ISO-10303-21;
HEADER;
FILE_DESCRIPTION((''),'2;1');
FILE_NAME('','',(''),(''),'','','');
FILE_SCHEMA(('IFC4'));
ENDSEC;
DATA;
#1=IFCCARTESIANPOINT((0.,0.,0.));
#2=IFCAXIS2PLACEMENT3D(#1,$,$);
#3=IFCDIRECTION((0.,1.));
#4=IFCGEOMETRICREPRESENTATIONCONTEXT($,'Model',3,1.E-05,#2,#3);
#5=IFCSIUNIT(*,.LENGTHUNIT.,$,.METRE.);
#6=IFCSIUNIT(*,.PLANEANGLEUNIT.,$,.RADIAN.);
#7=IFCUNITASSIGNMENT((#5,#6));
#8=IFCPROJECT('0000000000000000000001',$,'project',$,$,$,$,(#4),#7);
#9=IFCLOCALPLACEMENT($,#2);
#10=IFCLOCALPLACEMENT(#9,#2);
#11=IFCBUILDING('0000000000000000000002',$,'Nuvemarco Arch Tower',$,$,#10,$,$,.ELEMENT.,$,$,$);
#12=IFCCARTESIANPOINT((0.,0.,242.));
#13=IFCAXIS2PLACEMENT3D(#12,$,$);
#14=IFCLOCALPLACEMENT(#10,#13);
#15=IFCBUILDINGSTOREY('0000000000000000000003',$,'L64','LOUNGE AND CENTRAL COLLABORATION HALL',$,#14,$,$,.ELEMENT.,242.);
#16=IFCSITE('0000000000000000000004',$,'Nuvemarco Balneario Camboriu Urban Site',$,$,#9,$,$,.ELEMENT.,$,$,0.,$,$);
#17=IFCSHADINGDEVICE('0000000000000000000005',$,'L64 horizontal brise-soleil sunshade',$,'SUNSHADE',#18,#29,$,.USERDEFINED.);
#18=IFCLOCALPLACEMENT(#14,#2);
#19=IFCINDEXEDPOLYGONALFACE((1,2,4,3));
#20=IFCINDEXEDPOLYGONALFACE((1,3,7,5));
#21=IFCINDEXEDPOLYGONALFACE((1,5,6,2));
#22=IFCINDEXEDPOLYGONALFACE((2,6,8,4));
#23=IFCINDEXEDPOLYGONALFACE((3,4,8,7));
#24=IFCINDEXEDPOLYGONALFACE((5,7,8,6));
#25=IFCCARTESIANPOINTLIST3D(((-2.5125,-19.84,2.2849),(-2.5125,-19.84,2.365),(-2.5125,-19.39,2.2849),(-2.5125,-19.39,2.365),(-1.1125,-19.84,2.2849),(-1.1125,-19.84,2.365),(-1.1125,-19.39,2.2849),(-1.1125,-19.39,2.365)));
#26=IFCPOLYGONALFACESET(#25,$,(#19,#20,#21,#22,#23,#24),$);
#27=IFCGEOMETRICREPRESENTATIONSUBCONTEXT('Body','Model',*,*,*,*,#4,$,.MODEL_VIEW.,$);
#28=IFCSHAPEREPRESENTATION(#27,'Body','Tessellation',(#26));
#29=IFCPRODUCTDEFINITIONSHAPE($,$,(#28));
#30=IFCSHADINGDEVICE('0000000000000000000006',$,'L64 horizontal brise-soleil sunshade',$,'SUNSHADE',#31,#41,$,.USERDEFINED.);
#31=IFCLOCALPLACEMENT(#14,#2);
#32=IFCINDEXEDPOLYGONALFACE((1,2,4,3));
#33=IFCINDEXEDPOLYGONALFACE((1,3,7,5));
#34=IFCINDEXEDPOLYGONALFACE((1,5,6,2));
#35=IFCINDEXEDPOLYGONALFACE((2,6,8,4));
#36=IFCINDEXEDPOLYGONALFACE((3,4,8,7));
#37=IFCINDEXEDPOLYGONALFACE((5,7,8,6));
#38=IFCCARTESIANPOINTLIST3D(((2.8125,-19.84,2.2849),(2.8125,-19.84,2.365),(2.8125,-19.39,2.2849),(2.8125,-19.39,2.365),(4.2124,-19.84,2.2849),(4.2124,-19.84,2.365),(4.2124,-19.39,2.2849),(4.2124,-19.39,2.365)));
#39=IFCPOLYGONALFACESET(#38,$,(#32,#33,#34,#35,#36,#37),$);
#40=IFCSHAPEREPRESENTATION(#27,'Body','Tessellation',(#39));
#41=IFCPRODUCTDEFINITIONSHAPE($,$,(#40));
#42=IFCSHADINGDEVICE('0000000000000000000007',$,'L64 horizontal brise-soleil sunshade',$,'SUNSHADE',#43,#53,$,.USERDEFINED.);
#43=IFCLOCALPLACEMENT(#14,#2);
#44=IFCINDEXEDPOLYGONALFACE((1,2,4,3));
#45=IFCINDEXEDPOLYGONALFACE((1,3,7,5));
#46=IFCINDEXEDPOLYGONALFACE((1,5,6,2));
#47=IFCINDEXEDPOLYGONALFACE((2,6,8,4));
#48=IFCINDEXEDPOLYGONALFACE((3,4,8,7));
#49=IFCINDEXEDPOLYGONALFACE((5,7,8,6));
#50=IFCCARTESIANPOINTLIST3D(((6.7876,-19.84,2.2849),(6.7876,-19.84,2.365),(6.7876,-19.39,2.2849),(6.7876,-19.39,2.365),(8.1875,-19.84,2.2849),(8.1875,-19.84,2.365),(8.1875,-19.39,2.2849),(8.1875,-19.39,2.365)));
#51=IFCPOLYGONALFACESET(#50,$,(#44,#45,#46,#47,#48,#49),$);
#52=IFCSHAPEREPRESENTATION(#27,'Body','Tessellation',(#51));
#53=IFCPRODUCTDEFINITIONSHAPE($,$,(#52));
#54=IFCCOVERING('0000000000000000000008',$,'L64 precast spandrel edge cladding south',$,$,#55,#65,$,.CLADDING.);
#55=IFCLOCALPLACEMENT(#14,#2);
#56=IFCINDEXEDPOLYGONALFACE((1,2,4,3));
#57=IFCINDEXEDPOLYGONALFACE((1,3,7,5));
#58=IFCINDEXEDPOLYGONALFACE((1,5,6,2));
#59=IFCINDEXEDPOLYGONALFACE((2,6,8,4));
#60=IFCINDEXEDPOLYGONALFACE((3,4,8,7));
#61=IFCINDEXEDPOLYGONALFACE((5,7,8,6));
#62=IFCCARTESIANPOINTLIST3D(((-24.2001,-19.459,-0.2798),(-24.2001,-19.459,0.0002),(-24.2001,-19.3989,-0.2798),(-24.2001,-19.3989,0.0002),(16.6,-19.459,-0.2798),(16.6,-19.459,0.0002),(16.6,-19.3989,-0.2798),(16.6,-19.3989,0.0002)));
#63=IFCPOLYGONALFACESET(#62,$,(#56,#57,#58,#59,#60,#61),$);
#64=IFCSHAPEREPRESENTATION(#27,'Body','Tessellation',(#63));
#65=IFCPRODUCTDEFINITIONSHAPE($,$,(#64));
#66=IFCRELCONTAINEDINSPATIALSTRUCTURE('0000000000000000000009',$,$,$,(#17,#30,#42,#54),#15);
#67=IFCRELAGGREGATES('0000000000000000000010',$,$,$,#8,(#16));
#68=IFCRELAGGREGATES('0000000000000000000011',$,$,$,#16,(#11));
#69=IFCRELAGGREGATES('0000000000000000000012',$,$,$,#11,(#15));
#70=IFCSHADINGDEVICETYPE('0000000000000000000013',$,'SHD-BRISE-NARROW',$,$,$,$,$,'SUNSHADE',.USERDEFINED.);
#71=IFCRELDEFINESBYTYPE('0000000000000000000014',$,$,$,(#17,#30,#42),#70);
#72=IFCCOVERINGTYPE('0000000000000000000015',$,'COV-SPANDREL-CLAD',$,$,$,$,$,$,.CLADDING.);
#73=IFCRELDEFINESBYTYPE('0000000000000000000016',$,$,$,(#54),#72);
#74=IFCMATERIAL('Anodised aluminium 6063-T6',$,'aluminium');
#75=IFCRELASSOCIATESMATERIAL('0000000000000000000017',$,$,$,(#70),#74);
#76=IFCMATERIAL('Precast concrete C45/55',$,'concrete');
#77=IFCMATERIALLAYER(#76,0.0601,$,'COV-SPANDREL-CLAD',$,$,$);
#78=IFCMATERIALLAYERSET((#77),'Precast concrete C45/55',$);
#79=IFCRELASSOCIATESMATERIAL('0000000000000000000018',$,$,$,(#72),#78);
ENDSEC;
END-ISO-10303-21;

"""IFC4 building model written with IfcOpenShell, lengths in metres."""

from ifc_helpers import new_model, si_unit, direction, frame, origin, origin_2d, place, context, subcontext, project, spatial, rectangle, extrude, source, transform, mapped, material, layer, layer_set, type_object, type_shapes, element, save


model = new_model("IFC4")

# Units and contexts
model_context = context("Model", 3, precision=1e-05, world=origin(), true_north=direction((0.0, 1.0)))
body_context = subcontext(model_context, "Body", "Model", "MODEL_VIEW")
ifc_project = project(units=[si_unit("LENGTHUNIT", "METRE"), si_unit("PLANEANGLEUNIT", "RADIAN")], contexts=[model_context])

# Site, building, storey
site_placement = place(None, origin())
site = spatial("IfcSite", under=ifc_project, at=site_placement, Name="Nuvemarco Balneario Camboriu Urban Site", CompositionType="ELEMENT", RefElevation=0.0)
building_placement = place(site_placement, origin())
building = spatial("IfcBuilding", under=site, at=building_placement, Name="Nuvemarco Arch Tower", CompositionType="ELEMENT")
storey_placement = place(building_placement, frame((0.0, 0.0, 242.0)))
storey = spatial("IfcBuildingStorey", under=building, at=storey_placement, Name="L64", Description="LOUNGE AND CENTRAL COLLABORATION HALL", CompositionType="ELEMENT", Elevation=242.0)

# Shared definitions
ifc_material_1 = material(Name="Precast concrete C45/55", Category="concrete")

# Shading devices
ifc_material_2 = material(Name="Anodised aluminium 6063-T6", Category="aluminium")
shading_device_type = type_object("IfcShadingDeviceType", Name="SHD-BRISE-NARROW", ElementType="SUNSHADE", PredefinedType="USERDEFINED", material=ifc_material_2)
shared_shape_1 = source(origin(), body_context, "Body", "SweptSolid", [
    extrude(rectangle(XDim=1.3999, YDim=0.45, at=origin_2d()), origin(), (0.0, 0.0, 1.0), 0.0801),
])
type_shapes(shading_device_type, [shared_shape_1])
for number, where, z_axis, x_axis, name in (
    (1, (-1.8125, -19.615, 2.2849), (0.0, 0.0, 1.0), (1.0, 0.0, 0.0), "L64 horizontal brise-soleil sunshade"),
    (2, (3.5125, -19.615, 2.2849), (0.0, 0.0, 1.0), (1.0, 0.0, 0.0), "L64 horizontal brise-soleil sunshade"),
    (3, (7.4875, -19.615, 2.2849), (0.0, 0.0, 1.0), (1.0, 0.0, 0.0), "L64 horizontal brise-soleil sunshade"),
):
    element("IfcShadingDevice", number, at=place(storey_placement, frame(where, z_axis=z_axis, x_axis=x_axis)), inside=storey, type_object=shading_device_type, Name=name, ObjectType="SUNSHADE", PredefinedType="USERDEFINED", context=body_context, shape_type="MappedRepresentation", body=[
        mapped(shared_shape_1, transform((0.0, 0.0, 0.0), scale=1.0)),
    ])

# Covering
ifc_layer_1 = layer(ifc_material_1, 0.0601, Name="COV-SPANDREL-CLAD")
ifc_layer_set_1 = layer_set([ifc_layer_1], Name="Precast concrete C45/55")
covering_type = type_object("IfcCoveringType", Name="COV-SPANDREL-CLAD", PredefinedType="CLADDING", material=ifc_layer_set_1)
shared_shape_2 = source(origin(), body_context, "Body", "SweptSolid", [
    extrude(rectangle(XDim=40.8, YDim=0.0601, at=origin_2d()), origin(), (0.0, 0.0, 1.0), 0.28),
])
type_shapes(covering_type, [shared_shape_2])
covering_placement = place(storey_placement, frame((-3.8, -19.429, -0.2798), z_axis=(0.0, 0.0, 1.0), x_axis=(1.0, 0.0, 0.0)))
element("IfcCovering", 4, at=covering_placement, inside=storey, type_object=covering_type, Name="L64 precast spandrel edge cladding south", PredefinedType="CLADDING", context=body_context, shape_type="MappedRepresentation", body=[
    mapped(shared_shape_2, transform((0.0, 0.0, 0.0), scale=1.0)),
])

save(model, "model.ifc")
